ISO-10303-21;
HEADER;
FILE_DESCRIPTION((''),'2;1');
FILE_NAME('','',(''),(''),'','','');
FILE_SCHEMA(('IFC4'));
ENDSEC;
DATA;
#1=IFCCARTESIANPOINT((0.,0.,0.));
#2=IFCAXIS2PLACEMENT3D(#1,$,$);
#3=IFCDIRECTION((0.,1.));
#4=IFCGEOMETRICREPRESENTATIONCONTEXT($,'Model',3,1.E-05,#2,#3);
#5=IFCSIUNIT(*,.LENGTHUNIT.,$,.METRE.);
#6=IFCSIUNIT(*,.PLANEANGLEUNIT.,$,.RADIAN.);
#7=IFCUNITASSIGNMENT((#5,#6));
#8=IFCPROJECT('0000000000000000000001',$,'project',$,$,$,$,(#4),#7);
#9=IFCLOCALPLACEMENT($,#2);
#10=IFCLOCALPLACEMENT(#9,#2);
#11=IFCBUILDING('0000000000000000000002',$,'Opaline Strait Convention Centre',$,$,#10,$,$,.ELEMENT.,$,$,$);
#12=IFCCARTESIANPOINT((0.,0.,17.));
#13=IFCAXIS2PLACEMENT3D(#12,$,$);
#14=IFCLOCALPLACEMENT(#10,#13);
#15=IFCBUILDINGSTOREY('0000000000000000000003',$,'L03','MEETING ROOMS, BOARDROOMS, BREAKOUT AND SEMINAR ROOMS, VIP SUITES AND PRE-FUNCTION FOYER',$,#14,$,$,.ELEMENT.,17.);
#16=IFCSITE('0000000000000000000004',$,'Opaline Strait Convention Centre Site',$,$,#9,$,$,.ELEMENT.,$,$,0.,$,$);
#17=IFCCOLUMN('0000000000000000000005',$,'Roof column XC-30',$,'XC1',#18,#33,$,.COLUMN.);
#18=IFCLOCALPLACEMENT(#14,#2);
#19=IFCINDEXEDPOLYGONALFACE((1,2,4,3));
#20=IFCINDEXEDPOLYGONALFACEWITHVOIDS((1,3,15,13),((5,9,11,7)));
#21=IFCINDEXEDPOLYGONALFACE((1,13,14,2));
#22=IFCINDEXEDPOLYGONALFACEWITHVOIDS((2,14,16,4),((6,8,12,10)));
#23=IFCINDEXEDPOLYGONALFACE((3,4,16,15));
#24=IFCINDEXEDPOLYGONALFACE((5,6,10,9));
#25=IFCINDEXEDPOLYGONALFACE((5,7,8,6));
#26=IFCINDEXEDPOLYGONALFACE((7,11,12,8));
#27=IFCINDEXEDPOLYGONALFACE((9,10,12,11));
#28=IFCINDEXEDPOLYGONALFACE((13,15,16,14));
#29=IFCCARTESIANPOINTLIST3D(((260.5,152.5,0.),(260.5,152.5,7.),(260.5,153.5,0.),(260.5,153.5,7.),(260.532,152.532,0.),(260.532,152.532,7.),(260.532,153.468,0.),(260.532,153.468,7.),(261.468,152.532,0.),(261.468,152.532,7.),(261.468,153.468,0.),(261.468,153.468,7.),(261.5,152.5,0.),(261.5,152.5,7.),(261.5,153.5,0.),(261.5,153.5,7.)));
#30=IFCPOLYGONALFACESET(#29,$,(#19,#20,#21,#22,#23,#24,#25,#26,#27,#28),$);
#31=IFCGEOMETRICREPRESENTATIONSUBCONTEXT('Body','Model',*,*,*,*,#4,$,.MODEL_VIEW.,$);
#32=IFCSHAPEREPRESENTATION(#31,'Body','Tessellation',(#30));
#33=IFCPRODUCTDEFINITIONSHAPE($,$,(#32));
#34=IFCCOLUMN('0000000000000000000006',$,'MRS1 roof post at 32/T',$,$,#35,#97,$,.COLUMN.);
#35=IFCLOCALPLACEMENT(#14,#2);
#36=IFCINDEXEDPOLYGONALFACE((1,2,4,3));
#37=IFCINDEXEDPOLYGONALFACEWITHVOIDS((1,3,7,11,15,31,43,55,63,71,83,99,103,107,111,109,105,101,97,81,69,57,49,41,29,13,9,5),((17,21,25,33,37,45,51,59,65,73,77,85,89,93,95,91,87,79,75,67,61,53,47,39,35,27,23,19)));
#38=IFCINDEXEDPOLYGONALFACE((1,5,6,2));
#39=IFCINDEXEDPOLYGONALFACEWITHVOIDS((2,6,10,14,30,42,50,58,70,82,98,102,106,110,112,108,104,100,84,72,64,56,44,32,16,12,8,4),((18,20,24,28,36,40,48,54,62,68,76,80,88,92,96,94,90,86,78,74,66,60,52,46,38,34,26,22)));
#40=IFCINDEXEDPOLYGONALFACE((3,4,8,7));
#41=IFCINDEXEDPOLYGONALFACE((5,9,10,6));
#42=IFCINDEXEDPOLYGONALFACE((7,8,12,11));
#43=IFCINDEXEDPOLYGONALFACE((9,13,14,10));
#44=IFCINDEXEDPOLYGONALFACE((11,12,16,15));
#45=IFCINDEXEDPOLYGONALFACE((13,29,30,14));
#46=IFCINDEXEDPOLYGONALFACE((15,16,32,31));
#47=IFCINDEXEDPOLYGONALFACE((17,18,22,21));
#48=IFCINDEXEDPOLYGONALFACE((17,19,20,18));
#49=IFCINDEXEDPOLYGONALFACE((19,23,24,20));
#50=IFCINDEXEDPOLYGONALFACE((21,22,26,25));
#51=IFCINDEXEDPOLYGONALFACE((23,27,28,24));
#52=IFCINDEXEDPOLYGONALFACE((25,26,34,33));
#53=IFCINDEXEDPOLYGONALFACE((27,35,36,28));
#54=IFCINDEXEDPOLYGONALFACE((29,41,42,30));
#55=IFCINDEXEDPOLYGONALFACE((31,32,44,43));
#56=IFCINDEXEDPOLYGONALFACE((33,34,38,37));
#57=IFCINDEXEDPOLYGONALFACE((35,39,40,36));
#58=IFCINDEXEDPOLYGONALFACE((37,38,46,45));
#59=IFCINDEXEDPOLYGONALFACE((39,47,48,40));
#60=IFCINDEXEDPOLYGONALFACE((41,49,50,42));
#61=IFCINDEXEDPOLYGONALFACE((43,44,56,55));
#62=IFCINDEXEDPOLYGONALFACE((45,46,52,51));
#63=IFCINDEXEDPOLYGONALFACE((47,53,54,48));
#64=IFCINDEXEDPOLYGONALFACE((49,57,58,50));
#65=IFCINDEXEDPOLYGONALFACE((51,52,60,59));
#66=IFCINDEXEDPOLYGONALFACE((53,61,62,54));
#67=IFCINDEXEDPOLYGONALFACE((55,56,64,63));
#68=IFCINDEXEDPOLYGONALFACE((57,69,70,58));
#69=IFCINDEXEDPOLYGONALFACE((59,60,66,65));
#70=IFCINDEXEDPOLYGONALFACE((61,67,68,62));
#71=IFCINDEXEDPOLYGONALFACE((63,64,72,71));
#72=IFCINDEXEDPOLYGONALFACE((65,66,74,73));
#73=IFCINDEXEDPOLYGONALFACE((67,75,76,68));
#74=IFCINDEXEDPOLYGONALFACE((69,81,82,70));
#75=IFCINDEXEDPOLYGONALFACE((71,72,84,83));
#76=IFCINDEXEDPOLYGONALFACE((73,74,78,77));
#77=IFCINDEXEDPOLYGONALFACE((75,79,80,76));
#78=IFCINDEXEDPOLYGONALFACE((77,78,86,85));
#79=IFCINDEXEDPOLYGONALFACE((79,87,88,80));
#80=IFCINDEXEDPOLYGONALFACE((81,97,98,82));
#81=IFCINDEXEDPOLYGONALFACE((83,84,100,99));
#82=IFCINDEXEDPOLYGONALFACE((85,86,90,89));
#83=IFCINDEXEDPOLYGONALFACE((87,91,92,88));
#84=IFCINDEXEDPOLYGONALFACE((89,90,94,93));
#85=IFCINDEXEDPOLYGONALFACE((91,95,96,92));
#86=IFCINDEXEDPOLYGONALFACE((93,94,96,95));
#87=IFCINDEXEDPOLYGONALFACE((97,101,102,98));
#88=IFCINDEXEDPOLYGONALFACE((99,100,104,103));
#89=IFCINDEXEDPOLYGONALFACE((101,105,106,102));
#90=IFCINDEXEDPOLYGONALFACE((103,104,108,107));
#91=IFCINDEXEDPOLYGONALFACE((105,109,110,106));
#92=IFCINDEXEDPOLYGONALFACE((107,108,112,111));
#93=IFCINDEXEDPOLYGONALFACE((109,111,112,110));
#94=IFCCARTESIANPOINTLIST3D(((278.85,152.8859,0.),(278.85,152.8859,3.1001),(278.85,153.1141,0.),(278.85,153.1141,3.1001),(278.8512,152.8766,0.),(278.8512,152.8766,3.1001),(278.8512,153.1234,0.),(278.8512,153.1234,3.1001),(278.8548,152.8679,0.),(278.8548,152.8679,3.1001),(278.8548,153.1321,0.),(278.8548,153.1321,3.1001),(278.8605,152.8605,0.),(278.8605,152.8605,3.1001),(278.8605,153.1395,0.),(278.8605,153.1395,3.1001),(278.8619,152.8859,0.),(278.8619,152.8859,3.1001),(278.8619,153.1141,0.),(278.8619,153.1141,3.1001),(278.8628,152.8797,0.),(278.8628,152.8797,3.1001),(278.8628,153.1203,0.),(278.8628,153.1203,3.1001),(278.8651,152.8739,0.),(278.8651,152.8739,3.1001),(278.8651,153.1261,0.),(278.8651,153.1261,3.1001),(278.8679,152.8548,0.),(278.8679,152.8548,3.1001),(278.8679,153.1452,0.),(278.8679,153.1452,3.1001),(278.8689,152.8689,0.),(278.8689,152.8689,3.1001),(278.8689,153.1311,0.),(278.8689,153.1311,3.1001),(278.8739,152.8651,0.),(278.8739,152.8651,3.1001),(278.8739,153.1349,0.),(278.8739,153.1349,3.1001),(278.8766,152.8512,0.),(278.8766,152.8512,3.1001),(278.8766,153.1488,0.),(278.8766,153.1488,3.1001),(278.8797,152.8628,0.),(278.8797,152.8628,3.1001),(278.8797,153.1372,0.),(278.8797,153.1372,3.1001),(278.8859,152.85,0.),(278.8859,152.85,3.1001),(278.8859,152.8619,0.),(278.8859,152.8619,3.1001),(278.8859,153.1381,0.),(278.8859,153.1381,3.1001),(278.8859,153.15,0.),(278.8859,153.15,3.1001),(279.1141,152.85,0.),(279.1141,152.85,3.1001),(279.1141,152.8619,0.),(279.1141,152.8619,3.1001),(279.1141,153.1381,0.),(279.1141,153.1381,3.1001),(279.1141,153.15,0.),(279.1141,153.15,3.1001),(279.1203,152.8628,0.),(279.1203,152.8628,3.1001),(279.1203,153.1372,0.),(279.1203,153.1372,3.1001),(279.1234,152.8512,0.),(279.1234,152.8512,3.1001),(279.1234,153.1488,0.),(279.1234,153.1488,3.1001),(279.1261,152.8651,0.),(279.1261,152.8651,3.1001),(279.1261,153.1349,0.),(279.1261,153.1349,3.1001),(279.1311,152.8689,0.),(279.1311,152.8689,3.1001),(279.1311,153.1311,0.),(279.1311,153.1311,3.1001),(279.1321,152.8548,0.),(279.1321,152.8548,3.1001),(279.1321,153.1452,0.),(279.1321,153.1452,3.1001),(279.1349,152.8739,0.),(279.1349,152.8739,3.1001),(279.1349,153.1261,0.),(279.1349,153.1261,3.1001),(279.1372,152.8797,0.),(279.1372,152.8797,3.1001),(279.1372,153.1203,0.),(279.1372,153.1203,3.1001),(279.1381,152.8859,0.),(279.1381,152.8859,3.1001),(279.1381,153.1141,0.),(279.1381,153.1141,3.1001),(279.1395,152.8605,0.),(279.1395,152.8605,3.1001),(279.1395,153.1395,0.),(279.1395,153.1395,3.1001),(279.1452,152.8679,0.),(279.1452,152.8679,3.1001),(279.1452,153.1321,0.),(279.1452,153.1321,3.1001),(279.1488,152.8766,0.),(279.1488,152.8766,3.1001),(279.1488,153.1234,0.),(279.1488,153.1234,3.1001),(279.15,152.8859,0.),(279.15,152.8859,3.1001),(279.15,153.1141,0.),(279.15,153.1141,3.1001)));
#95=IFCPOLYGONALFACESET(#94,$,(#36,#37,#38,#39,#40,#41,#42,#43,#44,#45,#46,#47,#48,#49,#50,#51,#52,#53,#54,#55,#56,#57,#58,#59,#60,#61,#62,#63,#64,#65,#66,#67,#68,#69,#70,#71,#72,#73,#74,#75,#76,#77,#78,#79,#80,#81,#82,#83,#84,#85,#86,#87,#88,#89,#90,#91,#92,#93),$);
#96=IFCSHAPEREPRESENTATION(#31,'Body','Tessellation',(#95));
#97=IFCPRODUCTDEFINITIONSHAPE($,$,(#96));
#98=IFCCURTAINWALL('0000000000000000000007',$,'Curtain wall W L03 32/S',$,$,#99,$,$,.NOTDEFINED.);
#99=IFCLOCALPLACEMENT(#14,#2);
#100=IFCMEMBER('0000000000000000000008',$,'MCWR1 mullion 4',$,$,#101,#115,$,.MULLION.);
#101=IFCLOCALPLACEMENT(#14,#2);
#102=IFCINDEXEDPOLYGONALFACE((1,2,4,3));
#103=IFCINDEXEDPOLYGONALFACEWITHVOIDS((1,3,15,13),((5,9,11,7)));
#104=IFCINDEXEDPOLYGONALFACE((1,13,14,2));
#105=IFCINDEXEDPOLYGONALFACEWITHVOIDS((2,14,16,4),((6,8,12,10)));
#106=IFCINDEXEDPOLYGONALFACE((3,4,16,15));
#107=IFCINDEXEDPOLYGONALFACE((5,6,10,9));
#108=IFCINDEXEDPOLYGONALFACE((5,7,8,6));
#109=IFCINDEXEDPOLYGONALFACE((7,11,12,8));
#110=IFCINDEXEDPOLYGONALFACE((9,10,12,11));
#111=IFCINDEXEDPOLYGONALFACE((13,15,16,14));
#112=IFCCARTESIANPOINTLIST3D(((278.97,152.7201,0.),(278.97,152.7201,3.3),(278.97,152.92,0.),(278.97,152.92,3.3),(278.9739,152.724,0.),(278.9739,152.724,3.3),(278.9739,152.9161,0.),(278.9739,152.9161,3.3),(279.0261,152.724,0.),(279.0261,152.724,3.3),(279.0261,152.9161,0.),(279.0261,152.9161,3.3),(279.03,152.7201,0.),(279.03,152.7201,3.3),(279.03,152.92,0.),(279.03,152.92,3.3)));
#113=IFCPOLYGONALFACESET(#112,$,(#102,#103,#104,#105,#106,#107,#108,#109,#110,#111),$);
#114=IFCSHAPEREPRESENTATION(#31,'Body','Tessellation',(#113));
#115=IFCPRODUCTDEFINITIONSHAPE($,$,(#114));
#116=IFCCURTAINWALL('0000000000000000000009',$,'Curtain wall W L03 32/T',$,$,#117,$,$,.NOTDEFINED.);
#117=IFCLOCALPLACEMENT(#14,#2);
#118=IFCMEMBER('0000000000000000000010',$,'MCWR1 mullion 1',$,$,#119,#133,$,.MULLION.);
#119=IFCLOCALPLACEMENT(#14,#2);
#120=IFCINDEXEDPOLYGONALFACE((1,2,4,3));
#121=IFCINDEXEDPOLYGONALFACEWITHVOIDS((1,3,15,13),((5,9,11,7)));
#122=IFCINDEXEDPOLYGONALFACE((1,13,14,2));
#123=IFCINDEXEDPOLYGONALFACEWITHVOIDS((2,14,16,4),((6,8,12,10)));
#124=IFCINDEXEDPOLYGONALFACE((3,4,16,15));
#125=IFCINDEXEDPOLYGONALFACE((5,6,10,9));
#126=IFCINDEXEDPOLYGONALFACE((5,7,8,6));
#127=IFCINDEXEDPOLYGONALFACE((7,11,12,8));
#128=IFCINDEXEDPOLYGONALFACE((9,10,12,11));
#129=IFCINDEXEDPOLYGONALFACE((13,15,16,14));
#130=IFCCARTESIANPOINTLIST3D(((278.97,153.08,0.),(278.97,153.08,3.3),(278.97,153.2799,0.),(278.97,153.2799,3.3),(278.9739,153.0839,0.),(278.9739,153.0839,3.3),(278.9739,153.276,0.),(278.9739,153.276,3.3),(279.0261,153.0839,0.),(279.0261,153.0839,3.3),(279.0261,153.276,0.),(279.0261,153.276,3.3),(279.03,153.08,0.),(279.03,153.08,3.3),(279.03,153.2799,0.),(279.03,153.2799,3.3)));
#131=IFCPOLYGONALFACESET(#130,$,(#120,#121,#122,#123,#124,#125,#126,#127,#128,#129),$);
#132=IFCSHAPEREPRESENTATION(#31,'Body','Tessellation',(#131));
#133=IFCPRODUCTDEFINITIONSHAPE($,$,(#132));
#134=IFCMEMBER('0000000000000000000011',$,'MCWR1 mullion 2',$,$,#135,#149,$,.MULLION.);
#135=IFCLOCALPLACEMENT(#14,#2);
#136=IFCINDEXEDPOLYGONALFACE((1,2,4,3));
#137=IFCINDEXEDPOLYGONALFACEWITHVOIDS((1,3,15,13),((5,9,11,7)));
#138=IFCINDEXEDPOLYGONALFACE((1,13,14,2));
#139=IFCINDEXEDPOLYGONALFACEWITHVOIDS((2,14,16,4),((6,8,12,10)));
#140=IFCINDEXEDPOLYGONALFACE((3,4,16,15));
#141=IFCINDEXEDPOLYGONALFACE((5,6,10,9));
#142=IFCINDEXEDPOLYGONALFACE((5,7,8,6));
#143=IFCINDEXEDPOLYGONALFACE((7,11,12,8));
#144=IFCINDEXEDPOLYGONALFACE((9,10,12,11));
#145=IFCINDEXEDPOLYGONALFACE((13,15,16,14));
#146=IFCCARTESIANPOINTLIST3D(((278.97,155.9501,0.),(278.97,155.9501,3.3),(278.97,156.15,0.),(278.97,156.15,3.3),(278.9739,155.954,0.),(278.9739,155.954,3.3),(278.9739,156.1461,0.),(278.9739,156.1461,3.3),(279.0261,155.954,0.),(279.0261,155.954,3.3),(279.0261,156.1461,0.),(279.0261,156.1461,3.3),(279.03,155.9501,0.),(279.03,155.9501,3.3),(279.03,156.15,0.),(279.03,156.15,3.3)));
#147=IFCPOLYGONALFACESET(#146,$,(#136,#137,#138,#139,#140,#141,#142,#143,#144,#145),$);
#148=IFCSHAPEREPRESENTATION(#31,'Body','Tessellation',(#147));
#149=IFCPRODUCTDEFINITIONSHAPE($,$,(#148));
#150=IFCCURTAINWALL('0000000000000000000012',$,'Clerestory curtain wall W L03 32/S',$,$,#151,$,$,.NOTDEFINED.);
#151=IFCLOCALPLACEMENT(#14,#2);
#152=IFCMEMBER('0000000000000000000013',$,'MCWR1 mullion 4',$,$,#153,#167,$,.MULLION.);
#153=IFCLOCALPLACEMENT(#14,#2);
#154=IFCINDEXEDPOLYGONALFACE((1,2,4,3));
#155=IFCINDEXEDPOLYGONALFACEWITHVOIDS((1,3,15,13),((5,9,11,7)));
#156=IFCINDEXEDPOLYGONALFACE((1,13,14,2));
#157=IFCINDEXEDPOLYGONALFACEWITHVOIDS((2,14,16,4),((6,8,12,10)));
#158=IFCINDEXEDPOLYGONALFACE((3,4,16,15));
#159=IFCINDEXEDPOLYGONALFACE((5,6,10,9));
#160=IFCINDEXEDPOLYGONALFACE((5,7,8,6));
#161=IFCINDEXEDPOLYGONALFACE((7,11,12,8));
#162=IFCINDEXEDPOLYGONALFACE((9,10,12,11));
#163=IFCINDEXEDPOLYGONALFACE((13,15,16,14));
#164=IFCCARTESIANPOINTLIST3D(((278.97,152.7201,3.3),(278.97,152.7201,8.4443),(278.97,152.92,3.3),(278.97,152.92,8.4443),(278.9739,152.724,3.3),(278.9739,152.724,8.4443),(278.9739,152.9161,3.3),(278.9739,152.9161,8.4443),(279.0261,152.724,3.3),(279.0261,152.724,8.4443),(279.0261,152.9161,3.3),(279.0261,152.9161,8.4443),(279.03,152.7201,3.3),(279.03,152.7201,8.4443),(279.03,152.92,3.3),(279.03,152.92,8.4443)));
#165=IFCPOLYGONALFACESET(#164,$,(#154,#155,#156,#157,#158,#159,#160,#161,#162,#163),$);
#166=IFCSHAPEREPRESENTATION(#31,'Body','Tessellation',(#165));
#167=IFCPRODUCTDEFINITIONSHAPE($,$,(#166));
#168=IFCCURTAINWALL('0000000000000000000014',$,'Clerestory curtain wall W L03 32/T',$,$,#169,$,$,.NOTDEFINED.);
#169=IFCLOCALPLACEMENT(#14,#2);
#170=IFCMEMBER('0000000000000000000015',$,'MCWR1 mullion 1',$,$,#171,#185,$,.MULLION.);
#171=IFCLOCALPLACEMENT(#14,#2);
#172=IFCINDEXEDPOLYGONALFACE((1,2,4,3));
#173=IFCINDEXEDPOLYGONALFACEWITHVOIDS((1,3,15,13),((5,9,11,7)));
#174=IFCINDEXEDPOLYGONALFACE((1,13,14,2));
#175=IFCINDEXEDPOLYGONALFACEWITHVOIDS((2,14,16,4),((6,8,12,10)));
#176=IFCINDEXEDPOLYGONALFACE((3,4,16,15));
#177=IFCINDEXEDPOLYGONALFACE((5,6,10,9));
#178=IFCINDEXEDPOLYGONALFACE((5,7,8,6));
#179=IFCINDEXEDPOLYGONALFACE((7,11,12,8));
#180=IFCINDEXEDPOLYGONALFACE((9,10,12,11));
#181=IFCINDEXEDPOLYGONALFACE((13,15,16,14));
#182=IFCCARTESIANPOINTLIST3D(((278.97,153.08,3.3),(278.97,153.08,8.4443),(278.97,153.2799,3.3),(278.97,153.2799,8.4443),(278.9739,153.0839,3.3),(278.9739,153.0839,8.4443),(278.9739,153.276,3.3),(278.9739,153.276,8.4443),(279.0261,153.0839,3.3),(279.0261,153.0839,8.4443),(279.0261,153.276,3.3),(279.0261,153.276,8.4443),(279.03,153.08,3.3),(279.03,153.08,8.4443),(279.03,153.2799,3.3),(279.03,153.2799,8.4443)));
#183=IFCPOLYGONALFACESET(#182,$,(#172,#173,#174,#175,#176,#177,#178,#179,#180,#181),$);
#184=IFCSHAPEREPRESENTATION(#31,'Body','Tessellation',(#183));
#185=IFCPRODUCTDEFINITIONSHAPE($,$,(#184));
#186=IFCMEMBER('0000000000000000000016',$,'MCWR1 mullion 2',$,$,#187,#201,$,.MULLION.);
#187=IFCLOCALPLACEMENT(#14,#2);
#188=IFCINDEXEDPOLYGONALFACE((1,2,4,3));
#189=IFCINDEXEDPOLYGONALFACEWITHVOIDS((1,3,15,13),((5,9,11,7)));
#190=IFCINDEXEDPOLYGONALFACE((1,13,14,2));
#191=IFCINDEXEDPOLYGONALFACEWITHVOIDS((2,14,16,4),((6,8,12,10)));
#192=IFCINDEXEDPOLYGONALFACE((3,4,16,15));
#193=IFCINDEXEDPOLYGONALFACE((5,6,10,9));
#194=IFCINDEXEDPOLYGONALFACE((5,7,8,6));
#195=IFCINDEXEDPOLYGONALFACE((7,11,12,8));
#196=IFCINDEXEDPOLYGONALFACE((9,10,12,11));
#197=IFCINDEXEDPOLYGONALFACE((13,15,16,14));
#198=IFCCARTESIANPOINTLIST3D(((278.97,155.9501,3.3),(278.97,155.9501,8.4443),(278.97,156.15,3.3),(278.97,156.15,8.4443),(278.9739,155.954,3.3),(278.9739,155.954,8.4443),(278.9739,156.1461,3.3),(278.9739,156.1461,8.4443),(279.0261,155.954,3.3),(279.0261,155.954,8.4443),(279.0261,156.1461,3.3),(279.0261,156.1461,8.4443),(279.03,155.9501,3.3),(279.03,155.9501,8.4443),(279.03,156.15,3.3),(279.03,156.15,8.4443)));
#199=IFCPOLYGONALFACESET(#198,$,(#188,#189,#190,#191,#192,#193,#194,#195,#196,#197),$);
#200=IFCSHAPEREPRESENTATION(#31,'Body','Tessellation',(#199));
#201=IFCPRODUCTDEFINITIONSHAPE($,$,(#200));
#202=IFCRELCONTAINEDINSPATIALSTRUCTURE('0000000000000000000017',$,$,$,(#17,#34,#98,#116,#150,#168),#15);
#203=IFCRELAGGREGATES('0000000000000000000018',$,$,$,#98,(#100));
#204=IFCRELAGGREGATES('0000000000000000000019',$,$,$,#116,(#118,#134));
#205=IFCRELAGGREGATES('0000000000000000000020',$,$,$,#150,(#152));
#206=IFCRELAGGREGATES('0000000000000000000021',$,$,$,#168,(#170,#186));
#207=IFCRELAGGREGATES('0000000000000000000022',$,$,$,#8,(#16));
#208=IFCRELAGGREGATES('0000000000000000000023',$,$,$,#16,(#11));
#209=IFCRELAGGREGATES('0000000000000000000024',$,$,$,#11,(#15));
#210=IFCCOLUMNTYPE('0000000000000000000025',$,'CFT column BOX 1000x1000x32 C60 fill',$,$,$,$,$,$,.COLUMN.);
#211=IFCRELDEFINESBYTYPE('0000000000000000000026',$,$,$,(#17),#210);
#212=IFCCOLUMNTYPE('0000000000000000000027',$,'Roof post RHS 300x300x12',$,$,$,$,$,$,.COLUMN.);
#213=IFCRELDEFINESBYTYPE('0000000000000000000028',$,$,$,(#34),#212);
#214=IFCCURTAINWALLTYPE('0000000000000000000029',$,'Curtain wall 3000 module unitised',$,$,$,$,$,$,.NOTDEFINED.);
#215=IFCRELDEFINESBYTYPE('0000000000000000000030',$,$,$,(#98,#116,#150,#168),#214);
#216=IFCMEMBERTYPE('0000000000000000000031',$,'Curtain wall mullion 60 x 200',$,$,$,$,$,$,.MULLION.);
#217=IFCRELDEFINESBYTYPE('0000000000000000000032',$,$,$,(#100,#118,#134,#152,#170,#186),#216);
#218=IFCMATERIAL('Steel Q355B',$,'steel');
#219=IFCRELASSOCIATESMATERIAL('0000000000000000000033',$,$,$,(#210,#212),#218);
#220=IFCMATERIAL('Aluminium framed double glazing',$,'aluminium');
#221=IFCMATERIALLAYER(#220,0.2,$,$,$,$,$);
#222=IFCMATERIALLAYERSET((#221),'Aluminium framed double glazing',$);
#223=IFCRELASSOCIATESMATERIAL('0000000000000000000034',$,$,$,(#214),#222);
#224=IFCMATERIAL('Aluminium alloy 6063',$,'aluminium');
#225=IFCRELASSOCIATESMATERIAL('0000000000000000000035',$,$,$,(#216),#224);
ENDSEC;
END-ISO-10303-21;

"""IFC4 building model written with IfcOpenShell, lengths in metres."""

from ifc_helpers import new_model, si_unit, direction, frame, origin, origin_2d, place, context, subcontext, project, spatial, hollow_rectangle, extrude, material, layer, layer_set, material_profile, profile_set, type_object, element, aggregate, save


model = new_model("IFC4")

# Units and contexts
model_context = context("Model", 3, precision=1e-05, world=origin(), true_north=direction((0.0, 1.0)))
body_context = subcontext(model_context, "Body", "Model", "MODEL_VIEW")
ifc_project = project(units=[si_unit("LENGTHUNIT", "METRE"), si_unit("PLANEANGLEUNIT", "RADIAN")], contexts=[model_context])

# Site, building, storey
site_placement = place(None, origin())
site = spatial("IfcSite", under=ifc_project, at=site_placement, Name="Opaline Strait Convention Centre Site", CompositionType="ELEMENT", RefElevation=0.0)
building_placement = place(site_placement, origin())
building = spatial("IfcBuilding", under=site, at=building_placement, Name="Opaline Strait Convention Centre", CompositionType="ELEMENT")
storey_placement = place(building_placement, frame((0.0, 0.0, 17.0)))
storey = spatial("IfcBuildingStorey", under=building, at=storey_placement, Name="L03", Description="MEETING ROOMS, BOARDROOMS, BREAKOUT AND SEMINAR ROOMS, VIP SUITES AND PRE-FUNCTION FOYER", CompositionType="ELEMENT", Elevation=17.0)

# Columns
ifc_material_1 = material(Name="Steel Q355B", Category="steel")
ifc_material_profile_1 = material_profile(ifc_material_1, hollow_rectangle(XDim=1.0, YDim=1.0, WallThickness=0.032, at=origin_2d()), Name="BOX 1000x1000x32")
ifc_profile_set_1 = profile_set([ifc_material_profile_1], Name="Steel Q355B")
column_type_1 = type_object("IfcColumnType", Name="CFT column BOX 1000x1000x32 C60 fill", PredefinedType="COLUMN", material=ifc_profile_set_1)
column_1_placement = place(storey_placement, frame((261.0, 153.0, 0.0), z_axis=(0.0, 0.0, 1.0), x_axis=(1.0, 0.0, 0.0)))
element("IfcColumn", 1, at=column_1_placement, inside=storey, type_object=column_type_1, Name="Roof column XC-30", ObjectType="XC1", PredefinedType="COLUMN", context=body_context, shape_type="SweptSolid", body=[
    extrude(hollow_rectangle(XDim=1.0, YDim=1.0, WallThickness=0.032, at=origin_2d()), origin(), (0.0, 0.0, 1.0), 7.0),
])
ifc_material_profile_2 = material_profile(ifc_material_1, hollow_rectangle(XDim=0.3, YDim=0.3, WallThickness=0.012, InnerFilletRadius=0.0239, OuterFilletRadius=0.0359, at=origin_2d()), Name="RHS 300x300x12")
ifc_profile_set_2 = profile_set([ifc_material_profile_2], Name="Steel Q355B")
column_type_2 = type_object("IfcColumnType", Name="Roof post RHS 300x300x12", PredefinedType="COLUMN", material=ifc_profile_set_2)
column_2_placement = place(storey_placement, frame((279.0, 153.0, 0.0), z_axis=(0.0, 0.0, 1.0), x_axis=(1.0, 0.0, 0.0)))
element("IfcColumn", 2, at=column_2_placement, inside=storey, type_object=column_type_2, Name="MRS1 roof post at 32/T", PredefinedType="COLUMN", context=body_context, shape_type="SweptSolid", body=[
    extrude(hollow_rectangle(XDim=0.3, YDim=0.3, WallThickness=0.012, InnerFilletRadius=0.0239, OuterFilletRadius=0.0359, at=origin_2d()), origin(), (0.0, 0.0, 1.0), 3.1001),
])

# Curtain wall, member
ifc_material_2 = material(Name="Aluminium framed double glazing", Category="aluminium")
ifc_layer_1 = layer(ifc_material_2, 0.2)
ifc_layer_set_1 = layer_set([ifc_layer_1], Name="Aluminium framed double glazing")
curtain_wall_type = type_object("IfcCurtainWallType", Name="Curtain wall 3000 module unitised", PredefinedType="NOTDEFINED", material=ifc_layer_set_1)
curtain_wall_1_placement = place(storey_placement, origin())
curtain_wall_1 = element("IfcCurtainWall", 3, at=curtain_wall_1_placement, inside=storey, type_object=curtain_wall_type, Name="Curtain wall W L03 32/S", PredefinedType="NOTDEFINED")
ifc_material_3 = material(Name="Aluminium alloy 6063", Category="aluminium")
ifc_material_profile_3 = material_profile(ifc_material_3, hollow_rectangle(XDim=0.0601, YDim=0.2, WallThickness=0.0039, at=origin_2d()), Name="MULLION 60x200x4")
ifc_profile_set_3 = profile_set([ifc_material_profile_3], Name="Aluminium alloy 6063")
member_type_1 = type_object("IfcMemberType", Name="Curtain wall mullion 60 x 200", PredefinedType="MULLION", material=ifc_profile_set_3)
member_1_placement = place(storey_placement, frame((279.0, 152.8201, 0.0), z_axis=(0.0, 0.0, 1.0), x_axis=(-1.0, 0.0, 0.0)))
member_1 = element("IfcMember", 4, at=member_1_placement, type_object=member_type_1, Name="MCWR1 mullion 4", PredefinedType="MULLION", context=body_context, shape_type="SweptSolid", body=[
    extrude(hollow_rectangle(XDim=0.0601, YDim=0.2, WallThickness=0.0039, at=origin_2d()), origin(), (0.0, 0.0, 1.0), 3.3),
])

# Curtain wall, members
curtain_wall_2_placement = place(storey_placement, origin())
curtain_wall_2 = element("IfcCurtainWall", 5, at=curtain_wall_2_placement, inside=storey, type_object=curtain_wall_type, Name="Curtain wall W L03 32/T", PredefinedType="NOTDEFINED")
member_2_placement = place(storey_placement, frame((279.0, 153.1799, 0.0), z_axis=(0.0, 0.0, 1.0), x_axis=(-1.0, 0.0, 0.0)))
member_2 = element("IfcMember", 6, at=member_2_placement, type_object=member_type_1, Name="MCWR1 mullion 1", PredefinedType="MULLION", context=body_context, shape_type="SweptSolid", body=[
    extrude(hollow_rectangle(XDim=0.0601, YDim=0.2, WallThickness=0.0039, at=origin_2d()), origin(), (0.0, 0.0, 1.0), 3.3),
])
member_3_placement = place(storey_placement, frame((279.0, 156.05, 0.0), z_axis=(0.0, 0.0, 1.0), x_axis=(-1.0, 0.0, 0.0)))
member_3 = element("IfcMember", 7, at=member_3_placement, type_object=member_type_1, Name="MCWR1 mullion 2", PredefinedType="MULLION", context=body_context, shape_type="SweptSolid", body=[
    extrude(hollow_rectangle(XDim=0.0601, YDim=0.2, WallThickness=0.0039, at=origin_2d()), origin(), (0.0, 0.0, 1.0), 3.3),
])

# Curtain wall, member
curtain_wall_3_placement = place(storey_placement, origin())
curtain_wall_3 = element("IfcCurtainWall", 8, at=curtain_wall_3_placement, inside=storey, type_object=curtain_wall_type, Name="Clerestory curtain wall W L03 32/S", PredefinedType="NOTDEFINED")
member_4_placement = place(storey_placement, frame((279.0, 152.8201, 3.3), z_axis=(0.0, 0.0, 1.0), x_axis=(-1.0, 0.0, 0.0)))
member_4 = element("IfcMember", 9, at=member_4_placement, type_object=member_type_1, Name="MCWR1 mullion 4", PredefinedType="MULLION", context=body_context, shape_type="SweptSolid", body=[
    extrude(hollow_rectangle(XDim=0.0601, YDim=0.2, WallThickness=0.0039, at=origin_2d()), origin(), (0.0, 0.0, 1.0), 5.1443),
])

# Curtain wall, members
curtain_wall_4_placement = place(storey_placement, origin())
curtain_wall_4 = element("IfcCurtainWall", 10, at=curtain_wall_4_placement, inside=storey, type_object=curtain_wall_type, Name="Clerestory curtain wall W L03 32/T", PredefinedType="NOTDEFINED")
member_5_placement = place(storey_placement, frame((279.0, 153.1799, 3.3), z_axis=(0.0, 0.0, 1.0), x_axis=(-1.0, 0.0, 0.0)))
member_5 = element("IfcMember", 11, at=member_5_placement, type_object=member_type_1, Name="MCWR1 mullion 1", PredefinedType="MULLION", context=body_context, shape_type="SweptSolid", body=[
    extrude(hollow_rectangle(XDim=0.0601, YDim=0.2, WallThickness=0.0039, at=origin_2d()), origin(), (0.0, 0.0, 1.0), 5.1443),
])
member_6_placement = place(storey_placement, frame((279.0, 156.05, 3.3), z_axis=(0.0, 0.0, 1.0), x_axis=(-1.0, 0.0, 0.0)))
member_6 = element("IfcMember", 12, at=member_6_placement, type_object=member_type_1, Name="MCWR1 mullion 2", PredefinedType="MULLION", context=body_context, shape_type="SweptSolid", body=[
    extrude(hollow_rectangle(XDim=0.0601, YDim=0.2, WallThickness=0.0039, at=origin_2d()), origin(), (0.0, 0.0, 1.0), 5.1443),
])

aggregate(curtain_wall_1, [member_1])
aggregate(curtain_wall_2, [member_2, member_3])
aggregate(curtain_wall_3, [member_4])
aggregate(curtain_wall_4, [member_5, member_6])

save(model, "model.ifc")
